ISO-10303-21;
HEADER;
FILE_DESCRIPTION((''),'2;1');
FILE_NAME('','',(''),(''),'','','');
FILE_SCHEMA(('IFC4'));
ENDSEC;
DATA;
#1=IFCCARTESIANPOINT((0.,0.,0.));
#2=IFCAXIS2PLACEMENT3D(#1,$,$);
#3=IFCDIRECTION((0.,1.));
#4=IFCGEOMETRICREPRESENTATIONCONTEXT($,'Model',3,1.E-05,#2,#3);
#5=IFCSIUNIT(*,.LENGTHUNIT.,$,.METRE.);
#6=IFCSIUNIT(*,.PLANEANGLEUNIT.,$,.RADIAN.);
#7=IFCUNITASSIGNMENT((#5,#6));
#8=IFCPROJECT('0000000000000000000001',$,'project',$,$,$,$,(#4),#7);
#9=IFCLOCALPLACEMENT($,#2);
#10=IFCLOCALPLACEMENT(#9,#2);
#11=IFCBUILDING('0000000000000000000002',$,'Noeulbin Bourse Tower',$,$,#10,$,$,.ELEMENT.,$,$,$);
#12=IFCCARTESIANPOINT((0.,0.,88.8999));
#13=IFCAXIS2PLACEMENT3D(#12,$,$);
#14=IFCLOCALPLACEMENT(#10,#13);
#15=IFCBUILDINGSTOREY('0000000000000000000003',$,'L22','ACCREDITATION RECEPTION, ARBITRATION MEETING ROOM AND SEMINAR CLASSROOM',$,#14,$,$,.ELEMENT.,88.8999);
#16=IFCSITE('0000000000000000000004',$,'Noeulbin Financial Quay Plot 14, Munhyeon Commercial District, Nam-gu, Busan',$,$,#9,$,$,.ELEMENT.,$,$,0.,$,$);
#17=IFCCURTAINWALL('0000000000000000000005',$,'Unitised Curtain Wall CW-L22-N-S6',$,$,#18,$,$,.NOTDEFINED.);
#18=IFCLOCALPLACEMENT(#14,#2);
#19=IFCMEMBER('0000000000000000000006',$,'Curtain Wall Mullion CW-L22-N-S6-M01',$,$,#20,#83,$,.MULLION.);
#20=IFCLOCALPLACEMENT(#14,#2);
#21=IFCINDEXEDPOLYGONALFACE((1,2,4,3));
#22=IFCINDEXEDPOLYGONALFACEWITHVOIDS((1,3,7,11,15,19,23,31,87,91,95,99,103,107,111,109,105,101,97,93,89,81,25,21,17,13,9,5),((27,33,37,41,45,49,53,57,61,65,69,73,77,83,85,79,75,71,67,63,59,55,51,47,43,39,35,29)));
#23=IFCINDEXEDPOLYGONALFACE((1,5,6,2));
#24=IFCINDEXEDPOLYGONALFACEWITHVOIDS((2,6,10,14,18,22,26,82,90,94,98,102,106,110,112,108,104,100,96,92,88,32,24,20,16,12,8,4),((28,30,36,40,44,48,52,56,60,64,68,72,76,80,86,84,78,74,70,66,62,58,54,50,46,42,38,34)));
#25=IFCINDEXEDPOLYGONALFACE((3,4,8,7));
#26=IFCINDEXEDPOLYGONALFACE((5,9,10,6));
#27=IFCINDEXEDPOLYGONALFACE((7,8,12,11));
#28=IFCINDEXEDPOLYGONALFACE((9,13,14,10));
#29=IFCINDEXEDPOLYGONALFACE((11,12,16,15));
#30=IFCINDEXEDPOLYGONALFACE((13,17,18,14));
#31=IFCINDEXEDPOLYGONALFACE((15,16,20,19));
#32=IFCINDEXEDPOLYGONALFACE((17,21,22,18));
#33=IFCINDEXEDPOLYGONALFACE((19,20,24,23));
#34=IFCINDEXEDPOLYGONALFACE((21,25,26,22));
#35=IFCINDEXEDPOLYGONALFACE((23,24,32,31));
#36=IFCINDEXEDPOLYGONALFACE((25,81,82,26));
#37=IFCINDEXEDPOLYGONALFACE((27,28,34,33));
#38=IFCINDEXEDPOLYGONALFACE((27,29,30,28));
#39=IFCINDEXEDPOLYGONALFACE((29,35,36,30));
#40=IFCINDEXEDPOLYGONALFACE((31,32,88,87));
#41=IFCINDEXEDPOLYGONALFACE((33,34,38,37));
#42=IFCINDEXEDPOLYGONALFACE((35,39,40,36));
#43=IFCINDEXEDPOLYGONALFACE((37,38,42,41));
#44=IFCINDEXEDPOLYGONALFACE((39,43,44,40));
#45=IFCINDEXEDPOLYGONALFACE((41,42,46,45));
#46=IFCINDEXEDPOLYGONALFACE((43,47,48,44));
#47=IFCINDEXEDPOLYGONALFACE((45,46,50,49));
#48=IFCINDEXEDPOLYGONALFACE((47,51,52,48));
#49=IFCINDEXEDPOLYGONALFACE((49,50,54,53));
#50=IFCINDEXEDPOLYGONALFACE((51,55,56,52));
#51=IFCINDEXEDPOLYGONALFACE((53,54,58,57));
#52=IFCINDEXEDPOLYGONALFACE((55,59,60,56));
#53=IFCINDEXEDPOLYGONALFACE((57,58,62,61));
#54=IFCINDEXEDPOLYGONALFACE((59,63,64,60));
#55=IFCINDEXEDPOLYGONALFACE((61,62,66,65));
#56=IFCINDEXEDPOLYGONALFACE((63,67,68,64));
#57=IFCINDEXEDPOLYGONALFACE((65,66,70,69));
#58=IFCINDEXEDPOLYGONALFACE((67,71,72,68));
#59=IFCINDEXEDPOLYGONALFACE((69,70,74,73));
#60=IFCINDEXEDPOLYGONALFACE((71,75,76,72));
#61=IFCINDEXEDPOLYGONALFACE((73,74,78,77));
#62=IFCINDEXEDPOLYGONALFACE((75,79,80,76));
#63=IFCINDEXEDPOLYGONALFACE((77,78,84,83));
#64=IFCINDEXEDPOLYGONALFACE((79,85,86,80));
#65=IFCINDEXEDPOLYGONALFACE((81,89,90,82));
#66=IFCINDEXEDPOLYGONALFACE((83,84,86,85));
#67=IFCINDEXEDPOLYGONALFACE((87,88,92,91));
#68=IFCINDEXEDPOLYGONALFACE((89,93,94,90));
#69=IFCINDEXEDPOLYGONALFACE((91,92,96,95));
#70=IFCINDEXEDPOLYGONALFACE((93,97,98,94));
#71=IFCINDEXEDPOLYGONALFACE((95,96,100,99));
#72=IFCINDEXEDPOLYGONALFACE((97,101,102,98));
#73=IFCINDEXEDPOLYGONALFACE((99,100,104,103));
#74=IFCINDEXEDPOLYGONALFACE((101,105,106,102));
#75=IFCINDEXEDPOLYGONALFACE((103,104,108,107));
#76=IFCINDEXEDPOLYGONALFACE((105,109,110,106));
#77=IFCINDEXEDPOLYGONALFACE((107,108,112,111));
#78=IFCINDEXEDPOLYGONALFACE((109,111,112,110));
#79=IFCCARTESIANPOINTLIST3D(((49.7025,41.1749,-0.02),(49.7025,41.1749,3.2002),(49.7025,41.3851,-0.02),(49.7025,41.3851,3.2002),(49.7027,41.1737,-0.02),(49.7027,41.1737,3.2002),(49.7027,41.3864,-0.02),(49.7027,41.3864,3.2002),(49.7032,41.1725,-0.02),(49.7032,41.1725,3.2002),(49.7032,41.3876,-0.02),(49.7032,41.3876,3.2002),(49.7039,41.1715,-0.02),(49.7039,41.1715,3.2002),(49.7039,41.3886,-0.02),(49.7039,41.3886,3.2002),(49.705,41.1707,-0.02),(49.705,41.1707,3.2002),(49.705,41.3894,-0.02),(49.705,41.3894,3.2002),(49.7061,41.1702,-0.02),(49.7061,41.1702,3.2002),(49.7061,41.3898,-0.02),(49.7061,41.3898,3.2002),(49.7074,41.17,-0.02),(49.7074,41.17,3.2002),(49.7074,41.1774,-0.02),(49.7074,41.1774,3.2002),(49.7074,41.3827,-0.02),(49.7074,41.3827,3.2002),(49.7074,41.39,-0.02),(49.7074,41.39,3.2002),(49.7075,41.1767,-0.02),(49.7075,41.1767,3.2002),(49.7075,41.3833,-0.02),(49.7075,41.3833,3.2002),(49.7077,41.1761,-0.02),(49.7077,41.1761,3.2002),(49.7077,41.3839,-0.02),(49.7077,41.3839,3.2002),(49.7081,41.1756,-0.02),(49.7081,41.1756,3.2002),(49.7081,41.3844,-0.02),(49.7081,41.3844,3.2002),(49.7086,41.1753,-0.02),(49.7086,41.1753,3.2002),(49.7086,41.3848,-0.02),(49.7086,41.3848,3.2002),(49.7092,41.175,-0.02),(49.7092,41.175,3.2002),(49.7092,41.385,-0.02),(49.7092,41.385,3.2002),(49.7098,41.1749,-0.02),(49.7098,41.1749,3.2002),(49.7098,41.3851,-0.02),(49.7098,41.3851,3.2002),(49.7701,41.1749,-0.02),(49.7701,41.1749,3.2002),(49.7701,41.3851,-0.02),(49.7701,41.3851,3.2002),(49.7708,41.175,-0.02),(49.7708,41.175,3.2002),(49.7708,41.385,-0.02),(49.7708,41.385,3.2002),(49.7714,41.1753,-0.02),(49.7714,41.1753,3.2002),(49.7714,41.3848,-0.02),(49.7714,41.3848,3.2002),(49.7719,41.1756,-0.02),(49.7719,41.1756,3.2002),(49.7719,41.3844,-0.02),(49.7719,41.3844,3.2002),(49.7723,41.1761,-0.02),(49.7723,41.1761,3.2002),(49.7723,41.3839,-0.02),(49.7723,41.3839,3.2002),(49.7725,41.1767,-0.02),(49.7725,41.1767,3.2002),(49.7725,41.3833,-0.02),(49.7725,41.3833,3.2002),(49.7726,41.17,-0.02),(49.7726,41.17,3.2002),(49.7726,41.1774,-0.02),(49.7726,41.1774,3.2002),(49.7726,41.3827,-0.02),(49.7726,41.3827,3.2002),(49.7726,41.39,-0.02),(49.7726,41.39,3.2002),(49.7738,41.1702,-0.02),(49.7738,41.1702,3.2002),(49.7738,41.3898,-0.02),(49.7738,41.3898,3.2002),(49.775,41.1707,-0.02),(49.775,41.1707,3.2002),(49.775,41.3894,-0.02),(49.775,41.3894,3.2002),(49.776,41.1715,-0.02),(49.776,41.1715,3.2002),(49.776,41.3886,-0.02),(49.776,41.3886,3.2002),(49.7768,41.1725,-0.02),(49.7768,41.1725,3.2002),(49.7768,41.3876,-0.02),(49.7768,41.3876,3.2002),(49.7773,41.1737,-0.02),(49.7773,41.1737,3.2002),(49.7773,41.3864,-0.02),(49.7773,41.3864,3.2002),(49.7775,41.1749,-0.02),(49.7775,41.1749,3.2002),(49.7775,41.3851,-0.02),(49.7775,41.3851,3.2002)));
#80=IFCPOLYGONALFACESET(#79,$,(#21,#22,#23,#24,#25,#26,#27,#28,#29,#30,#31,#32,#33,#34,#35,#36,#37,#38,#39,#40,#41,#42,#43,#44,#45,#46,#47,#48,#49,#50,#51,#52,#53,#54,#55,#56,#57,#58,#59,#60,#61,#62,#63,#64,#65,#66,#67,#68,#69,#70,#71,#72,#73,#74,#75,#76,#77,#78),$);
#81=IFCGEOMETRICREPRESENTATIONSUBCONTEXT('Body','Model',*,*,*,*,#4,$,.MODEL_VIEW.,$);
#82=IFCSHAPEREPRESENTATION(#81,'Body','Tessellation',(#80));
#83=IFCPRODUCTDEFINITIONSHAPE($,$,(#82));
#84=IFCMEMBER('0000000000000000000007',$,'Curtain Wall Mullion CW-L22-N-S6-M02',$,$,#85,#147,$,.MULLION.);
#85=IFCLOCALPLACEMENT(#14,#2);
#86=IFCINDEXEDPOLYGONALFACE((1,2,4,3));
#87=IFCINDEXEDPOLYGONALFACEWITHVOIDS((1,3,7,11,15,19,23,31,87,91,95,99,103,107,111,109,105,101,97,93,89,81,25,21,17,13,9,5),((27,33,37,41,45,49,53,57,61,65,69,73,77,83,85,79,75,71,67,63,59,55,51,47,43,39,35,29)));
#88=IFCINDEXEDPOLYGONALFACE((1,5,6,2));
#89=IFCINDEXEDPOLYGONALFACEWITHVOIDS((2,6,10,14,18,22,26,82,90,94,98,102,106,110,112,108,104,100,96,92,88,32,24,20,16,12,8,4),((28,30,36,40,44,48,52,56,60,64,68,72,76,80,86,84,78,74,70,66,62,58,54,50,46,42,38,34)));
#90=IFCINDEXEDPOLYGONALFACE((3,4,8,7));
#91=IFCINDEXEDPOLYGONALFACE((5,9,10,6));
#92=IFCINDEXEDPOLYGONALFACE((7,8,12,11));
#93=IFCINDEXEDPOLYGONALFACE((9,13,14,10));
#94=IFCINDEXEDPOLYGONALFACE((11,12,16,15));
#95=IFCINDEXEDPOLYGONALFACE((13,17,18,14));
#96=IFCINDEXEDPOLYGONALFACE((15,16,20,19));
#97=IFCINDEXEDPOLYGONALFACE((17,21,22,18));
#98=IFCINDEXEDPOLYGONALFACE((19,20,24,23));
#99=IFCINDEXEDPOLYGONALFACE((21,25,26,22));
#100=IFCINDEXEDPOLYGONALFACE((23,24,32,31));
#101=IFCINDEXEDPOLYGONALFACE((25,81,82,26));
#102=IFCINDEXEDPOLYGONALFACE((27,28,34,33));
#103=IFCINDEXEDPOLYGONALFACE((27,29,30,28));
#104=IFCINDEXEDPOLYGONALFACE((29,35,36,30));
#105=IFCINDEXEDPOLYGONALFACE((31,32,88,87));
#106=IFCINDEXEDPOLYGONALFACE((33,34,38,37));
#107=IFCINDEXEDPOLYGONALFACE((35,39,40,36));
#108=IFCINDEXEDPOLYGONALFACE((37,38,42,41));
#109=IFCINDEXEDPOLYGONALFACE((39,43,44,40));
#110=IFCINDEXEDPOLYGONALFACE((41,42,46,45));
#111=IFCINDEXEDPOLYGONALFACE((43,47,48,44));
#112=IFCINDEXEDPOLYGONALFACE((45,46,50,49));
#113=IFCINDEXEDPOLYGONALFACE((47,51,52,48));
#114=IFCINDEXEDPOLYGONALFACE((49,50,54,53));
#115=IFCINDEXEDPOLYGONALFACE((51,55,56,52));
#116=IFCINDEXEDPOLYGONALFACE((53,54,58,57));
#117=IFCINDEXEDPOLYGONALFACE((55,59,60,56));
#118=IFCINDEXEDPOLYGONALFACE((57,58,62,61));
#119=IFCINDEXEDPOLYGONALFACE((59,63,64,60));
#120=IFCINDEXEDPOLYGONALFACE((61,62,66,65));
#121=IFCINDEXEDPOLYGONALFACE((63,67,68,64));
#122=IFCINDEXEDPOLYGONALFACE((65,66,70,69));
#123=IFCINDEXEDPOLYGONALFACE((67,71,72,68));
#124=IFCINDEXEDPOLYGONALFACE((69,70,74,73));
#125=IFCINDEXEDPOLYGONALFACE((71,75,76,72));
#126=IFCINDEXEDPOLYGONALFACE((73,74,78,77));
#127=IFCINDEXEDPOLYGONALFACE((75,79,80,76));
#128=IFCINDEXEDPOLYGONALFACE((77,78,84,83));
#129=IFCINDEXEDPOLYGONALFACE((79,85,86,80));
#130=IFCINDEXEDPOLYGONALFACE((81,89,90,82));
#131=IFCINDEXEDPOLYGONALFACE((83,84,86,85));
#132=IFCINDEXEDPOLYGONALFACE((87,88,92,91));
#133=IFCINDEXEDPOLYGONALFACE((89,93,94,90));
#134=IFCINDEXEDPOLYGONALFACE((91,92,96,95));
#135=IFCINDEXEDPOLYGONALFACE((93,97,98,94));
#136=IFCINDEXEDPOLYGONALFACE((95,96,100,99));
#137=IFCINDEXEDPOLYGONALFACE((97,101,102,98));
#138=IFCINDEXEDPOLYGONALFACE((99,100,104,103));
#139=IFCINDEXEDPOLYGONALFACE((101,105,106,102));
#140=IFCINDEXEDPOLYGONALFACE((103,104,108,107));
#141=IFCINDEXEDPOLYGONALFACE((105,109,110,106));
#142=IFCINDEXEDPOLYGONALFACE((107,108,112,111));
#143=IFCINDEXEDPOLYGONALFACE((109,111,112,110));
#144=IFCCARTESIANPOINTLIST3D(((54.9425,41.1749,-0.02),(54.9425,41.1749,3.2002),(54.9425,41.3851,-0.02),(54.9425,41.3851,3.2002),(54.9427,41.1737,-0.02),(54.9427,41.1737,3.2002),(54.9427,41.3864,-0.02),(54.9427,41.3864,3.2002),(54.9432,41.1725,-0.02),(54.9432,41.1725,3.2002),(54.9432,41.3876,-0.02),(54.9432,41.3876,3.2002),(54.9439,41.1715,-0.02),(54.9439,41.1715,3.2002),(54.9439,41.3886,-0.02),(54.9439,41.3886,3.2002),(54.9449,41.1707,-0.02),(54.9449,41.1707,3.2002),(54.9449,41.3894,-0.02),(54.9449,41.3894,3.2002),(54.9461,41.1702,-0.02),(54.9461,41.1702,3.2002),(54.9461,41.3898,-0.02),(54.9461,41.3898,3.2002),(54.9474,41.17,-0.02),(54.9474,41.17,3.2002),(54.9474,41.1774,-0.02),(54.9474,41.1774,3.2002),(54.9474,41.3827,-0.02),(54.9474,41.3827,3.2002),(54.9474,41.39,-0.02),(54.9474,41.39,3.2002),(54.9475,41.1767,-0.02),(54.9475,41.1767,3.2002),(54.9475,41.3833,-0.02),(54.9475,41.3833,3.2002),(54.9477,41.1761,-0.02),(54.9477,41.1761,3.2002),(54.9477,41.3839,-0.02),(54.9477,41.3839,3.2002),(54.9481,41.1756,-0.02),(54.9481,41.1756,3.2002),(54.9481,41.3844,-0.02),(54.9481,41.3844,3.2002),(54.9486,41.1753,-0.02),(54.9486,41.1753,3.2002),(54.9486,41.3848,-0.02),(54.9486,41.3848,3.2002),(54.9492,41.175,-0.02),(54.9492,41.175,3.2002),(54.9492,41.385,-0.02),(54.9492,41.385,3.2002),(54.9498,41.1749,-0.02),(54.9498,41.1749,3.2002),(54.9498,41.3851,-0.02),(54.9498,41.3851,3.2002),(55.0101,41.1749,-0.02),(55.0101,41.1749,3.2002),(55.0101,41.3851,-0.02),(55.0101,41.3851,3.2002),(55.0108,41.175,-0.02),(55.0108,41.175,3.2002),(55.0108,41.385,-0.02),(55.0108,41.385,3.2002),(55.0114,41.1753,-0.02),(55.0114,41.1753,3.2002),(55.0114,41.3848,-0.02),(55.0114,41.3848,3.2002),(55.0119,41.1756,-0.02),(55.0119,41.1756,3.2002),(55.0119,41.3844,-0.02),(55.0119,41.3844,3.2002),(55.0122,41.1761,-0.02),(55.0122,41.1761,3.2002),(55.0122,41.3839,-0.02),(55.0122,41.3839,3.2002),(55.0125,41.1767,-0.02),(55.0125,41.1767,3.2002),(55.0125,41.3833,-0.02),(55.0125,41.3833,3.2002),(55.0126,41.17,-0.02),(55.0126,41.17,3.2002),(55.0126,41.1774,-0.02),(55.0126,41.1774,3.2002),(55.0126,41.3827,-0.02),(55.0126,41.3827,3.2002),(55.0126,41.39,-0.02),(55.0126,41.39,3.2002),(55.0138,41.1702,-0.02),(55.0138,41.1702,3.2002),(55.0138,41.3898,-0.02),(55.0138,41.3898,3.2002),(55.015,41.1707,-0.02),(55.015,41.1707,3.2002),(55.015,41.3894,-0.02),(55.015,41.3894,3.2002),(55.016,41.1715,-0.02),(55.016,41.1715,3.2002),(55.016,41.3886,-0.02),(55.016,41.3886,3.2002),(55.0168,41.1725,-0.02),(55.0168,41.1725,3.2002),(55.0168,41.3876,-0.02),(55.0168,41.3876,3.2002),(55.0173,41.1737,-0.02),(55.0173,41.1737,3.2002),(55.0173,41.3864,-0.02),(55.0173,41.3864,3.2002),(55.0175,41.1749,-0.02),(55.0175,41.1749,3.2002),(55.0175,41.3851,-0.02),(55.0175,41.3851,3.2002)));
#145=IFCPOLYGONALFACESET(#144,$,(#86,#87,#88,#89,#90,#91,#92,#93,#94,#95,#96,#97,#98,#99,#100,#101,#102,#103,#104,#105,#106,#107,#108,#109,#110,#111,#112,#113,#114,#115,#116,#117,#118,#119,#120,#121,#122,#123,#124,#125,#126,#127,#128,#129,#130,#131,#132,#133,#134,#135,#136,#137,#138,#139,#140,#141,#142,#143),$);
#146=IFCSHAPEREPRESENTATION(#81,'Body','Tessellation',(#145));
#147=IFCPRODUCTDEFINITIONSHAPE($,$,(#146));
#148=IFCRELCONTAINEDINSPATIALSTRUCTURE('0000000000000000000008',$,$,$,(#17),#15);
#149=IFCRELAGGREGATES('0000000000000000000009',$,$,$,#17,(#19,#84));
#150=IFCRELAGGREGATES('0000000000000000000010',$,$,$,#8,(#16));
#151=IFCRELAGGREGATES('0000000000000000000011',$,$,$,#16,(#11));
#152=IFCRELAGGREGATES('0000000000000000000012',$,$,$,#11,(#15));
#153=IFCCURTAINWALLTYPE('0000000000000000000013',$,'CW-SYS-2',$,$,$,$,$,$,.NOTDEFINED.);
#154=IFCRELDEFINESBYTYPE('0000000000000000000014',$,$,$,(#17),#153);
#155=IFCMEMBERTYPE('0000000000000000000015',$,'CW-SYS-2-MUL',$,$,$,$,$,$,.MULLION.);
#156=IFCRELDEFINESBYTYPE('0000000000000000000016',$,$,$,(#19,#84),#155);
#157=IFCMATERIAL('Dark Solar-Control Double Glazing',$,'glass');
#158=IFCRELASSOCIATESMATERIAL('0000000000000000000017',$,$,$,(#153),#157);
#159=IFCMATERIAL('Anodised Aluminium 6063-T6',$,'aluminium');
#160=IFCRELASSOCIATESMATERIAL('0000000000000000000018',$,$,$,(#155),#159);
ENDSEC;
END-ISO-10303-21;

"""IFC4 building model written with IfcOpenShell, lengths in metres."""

from ifc_helpers import new_model, si_unit, direction, frame, origin, origin_2d, place, context, subcontext, project, spatial, hollow_rectangle, extrude, material, material_profile, profile_set, type_object, element, aggregate, save


model = new_model("IFC4")

# Units and contexts
model_context = context("Model", 3, precision=1e-05, world=origin(), true_north=direction((0.0, 1.0)))
body_context = subcontext(model_context, "Body", "Model", "MODEL_VIEW")
ifc_project = project(units=[si_unit("LENGTHUNIT", "METRE"), si_unit("PLANEANGLEUNIT", "RADIAN")], contexts=[model_context])

# Site, building, storey
site_placement = place(None, origin())
site = spatial("IfcSite", under=ifc_project, at=site_placement, Name="Noeulbin Financial Quay Plot 14, Munhyeon Commercial District, Nam-gu, Busan", CompositionType="ELEMENT", RefElevation=0.0)
building_placement = place(site_placement, origin())
building = spatial("IfcBuilding", under=site, at=building_placement, Name="Noeulbin Bourse Tower", CompositionType="ELEMENT")
storey_placement = place(building_placement, frame((0.0, 0.0, 88.8999)))
storey = spatial("IfcBuildingStorey", under=building, at=storey_placement, Name="L22", Description="ACCREDITATION RECEPTION, ARBITRATION MEETING ROOM AND SEMINAR CLASSROOM", CompositionType="ELEMENT", Elevation=88.8999)

# Shared definitions
ifc_material_1 = material(Name="Dark Solar-Control Double Glazing", Category="glass")
curtain_wall_type = type_object("IfcCurtainWallType", Name="CW-SYS-2", PredefinedType="NOTDEFINED", material=ifc_material_1)
ifc_material_2 = material(Name="Anodised Aluminium 6063-T6", Category="aluminium")
ifc_material_profile_1 = material_profile(ifc_material_2, hollow_rectangle(XDim=0.075, YDim=0.22, WallThickness=0.0049, InnerFilletRadius=0.0024, OuterFilletRadius=0.0049, at=origin_2d()), Name="ALU-MULL-75x220x5", Category="LoadBearing")
ifc_profile_set_1 = profile_set([ifc_material_profile_1], Name="Anodised Aluminium 6063-T6")
member_type_1 = type_object("IfcMemberType", Name="CW-SYS-2-MUL", PredefinedType="MULLION", material=ifc_profile_set_1)

# Curtain wall, members
curtain_wall_1_placement = place(storey_placement, origin())
curtain_wall_1 = element("IfcCurtainWall", 1, at=curtain_wall_1_placement, inside=storey, type_object=curtain_wall_type, Name="Unitised Curtain Wall CW-L22-N-S6", PredefinedType="NOTDEFINED")
member_1_placement = place(storey_placement, frame((49.74, 41.28, -0.02), z_axis=(0.0, 0.0, 1.0), x_axis=(1.0, 0.0, 0.0)))
member_1 = element("IfcMember", 2, at=member_1_placement, type_object=member_type_1, Name="Curtain Wall Mullion CW-L22-N-S6-M01", PredefinedType="MULLION", context=body_context, shape_type="SweptSolid", body=[
    extrude(hollow_rectangle(XDim=0.075, YDim=0.22, WallThickness=0.0049, InnerFilletRadius=0.0024, OuterFilletRadius=0.0049, at=origin_2d()), origin(), (0.0, 0.0, 1.0), 3.2202),
])
member_2_placement = place(storey_placement, frame((54.98, 41.28, -0.02), z_axis=(0.0, 0.0, 1.0), x_axis=(1.0, 0.0, 0.0)))
member_2 = element("IfcMember", 3, at=member_2_placement, type_object=member_type_1, Name="Curtain Wall Mullion CW-L22-N-S6-M02", PredefinedType="MULLION", context=body_context, shape_type="SweptSolid", body=[
    extrude(hollow_rectangle(XDim=0.075, YDim=0.22, WallThickness=0.0049, InnerFilletRadius=0.0024, OuterFilletRadius=0.0049, at=origin_2d()), origin(), (0.0, 0.0, 1.0), 3.2202),
])

aggregate(curtain_wall_1, [member_1, member_2])

save(model, "model.ifc")
